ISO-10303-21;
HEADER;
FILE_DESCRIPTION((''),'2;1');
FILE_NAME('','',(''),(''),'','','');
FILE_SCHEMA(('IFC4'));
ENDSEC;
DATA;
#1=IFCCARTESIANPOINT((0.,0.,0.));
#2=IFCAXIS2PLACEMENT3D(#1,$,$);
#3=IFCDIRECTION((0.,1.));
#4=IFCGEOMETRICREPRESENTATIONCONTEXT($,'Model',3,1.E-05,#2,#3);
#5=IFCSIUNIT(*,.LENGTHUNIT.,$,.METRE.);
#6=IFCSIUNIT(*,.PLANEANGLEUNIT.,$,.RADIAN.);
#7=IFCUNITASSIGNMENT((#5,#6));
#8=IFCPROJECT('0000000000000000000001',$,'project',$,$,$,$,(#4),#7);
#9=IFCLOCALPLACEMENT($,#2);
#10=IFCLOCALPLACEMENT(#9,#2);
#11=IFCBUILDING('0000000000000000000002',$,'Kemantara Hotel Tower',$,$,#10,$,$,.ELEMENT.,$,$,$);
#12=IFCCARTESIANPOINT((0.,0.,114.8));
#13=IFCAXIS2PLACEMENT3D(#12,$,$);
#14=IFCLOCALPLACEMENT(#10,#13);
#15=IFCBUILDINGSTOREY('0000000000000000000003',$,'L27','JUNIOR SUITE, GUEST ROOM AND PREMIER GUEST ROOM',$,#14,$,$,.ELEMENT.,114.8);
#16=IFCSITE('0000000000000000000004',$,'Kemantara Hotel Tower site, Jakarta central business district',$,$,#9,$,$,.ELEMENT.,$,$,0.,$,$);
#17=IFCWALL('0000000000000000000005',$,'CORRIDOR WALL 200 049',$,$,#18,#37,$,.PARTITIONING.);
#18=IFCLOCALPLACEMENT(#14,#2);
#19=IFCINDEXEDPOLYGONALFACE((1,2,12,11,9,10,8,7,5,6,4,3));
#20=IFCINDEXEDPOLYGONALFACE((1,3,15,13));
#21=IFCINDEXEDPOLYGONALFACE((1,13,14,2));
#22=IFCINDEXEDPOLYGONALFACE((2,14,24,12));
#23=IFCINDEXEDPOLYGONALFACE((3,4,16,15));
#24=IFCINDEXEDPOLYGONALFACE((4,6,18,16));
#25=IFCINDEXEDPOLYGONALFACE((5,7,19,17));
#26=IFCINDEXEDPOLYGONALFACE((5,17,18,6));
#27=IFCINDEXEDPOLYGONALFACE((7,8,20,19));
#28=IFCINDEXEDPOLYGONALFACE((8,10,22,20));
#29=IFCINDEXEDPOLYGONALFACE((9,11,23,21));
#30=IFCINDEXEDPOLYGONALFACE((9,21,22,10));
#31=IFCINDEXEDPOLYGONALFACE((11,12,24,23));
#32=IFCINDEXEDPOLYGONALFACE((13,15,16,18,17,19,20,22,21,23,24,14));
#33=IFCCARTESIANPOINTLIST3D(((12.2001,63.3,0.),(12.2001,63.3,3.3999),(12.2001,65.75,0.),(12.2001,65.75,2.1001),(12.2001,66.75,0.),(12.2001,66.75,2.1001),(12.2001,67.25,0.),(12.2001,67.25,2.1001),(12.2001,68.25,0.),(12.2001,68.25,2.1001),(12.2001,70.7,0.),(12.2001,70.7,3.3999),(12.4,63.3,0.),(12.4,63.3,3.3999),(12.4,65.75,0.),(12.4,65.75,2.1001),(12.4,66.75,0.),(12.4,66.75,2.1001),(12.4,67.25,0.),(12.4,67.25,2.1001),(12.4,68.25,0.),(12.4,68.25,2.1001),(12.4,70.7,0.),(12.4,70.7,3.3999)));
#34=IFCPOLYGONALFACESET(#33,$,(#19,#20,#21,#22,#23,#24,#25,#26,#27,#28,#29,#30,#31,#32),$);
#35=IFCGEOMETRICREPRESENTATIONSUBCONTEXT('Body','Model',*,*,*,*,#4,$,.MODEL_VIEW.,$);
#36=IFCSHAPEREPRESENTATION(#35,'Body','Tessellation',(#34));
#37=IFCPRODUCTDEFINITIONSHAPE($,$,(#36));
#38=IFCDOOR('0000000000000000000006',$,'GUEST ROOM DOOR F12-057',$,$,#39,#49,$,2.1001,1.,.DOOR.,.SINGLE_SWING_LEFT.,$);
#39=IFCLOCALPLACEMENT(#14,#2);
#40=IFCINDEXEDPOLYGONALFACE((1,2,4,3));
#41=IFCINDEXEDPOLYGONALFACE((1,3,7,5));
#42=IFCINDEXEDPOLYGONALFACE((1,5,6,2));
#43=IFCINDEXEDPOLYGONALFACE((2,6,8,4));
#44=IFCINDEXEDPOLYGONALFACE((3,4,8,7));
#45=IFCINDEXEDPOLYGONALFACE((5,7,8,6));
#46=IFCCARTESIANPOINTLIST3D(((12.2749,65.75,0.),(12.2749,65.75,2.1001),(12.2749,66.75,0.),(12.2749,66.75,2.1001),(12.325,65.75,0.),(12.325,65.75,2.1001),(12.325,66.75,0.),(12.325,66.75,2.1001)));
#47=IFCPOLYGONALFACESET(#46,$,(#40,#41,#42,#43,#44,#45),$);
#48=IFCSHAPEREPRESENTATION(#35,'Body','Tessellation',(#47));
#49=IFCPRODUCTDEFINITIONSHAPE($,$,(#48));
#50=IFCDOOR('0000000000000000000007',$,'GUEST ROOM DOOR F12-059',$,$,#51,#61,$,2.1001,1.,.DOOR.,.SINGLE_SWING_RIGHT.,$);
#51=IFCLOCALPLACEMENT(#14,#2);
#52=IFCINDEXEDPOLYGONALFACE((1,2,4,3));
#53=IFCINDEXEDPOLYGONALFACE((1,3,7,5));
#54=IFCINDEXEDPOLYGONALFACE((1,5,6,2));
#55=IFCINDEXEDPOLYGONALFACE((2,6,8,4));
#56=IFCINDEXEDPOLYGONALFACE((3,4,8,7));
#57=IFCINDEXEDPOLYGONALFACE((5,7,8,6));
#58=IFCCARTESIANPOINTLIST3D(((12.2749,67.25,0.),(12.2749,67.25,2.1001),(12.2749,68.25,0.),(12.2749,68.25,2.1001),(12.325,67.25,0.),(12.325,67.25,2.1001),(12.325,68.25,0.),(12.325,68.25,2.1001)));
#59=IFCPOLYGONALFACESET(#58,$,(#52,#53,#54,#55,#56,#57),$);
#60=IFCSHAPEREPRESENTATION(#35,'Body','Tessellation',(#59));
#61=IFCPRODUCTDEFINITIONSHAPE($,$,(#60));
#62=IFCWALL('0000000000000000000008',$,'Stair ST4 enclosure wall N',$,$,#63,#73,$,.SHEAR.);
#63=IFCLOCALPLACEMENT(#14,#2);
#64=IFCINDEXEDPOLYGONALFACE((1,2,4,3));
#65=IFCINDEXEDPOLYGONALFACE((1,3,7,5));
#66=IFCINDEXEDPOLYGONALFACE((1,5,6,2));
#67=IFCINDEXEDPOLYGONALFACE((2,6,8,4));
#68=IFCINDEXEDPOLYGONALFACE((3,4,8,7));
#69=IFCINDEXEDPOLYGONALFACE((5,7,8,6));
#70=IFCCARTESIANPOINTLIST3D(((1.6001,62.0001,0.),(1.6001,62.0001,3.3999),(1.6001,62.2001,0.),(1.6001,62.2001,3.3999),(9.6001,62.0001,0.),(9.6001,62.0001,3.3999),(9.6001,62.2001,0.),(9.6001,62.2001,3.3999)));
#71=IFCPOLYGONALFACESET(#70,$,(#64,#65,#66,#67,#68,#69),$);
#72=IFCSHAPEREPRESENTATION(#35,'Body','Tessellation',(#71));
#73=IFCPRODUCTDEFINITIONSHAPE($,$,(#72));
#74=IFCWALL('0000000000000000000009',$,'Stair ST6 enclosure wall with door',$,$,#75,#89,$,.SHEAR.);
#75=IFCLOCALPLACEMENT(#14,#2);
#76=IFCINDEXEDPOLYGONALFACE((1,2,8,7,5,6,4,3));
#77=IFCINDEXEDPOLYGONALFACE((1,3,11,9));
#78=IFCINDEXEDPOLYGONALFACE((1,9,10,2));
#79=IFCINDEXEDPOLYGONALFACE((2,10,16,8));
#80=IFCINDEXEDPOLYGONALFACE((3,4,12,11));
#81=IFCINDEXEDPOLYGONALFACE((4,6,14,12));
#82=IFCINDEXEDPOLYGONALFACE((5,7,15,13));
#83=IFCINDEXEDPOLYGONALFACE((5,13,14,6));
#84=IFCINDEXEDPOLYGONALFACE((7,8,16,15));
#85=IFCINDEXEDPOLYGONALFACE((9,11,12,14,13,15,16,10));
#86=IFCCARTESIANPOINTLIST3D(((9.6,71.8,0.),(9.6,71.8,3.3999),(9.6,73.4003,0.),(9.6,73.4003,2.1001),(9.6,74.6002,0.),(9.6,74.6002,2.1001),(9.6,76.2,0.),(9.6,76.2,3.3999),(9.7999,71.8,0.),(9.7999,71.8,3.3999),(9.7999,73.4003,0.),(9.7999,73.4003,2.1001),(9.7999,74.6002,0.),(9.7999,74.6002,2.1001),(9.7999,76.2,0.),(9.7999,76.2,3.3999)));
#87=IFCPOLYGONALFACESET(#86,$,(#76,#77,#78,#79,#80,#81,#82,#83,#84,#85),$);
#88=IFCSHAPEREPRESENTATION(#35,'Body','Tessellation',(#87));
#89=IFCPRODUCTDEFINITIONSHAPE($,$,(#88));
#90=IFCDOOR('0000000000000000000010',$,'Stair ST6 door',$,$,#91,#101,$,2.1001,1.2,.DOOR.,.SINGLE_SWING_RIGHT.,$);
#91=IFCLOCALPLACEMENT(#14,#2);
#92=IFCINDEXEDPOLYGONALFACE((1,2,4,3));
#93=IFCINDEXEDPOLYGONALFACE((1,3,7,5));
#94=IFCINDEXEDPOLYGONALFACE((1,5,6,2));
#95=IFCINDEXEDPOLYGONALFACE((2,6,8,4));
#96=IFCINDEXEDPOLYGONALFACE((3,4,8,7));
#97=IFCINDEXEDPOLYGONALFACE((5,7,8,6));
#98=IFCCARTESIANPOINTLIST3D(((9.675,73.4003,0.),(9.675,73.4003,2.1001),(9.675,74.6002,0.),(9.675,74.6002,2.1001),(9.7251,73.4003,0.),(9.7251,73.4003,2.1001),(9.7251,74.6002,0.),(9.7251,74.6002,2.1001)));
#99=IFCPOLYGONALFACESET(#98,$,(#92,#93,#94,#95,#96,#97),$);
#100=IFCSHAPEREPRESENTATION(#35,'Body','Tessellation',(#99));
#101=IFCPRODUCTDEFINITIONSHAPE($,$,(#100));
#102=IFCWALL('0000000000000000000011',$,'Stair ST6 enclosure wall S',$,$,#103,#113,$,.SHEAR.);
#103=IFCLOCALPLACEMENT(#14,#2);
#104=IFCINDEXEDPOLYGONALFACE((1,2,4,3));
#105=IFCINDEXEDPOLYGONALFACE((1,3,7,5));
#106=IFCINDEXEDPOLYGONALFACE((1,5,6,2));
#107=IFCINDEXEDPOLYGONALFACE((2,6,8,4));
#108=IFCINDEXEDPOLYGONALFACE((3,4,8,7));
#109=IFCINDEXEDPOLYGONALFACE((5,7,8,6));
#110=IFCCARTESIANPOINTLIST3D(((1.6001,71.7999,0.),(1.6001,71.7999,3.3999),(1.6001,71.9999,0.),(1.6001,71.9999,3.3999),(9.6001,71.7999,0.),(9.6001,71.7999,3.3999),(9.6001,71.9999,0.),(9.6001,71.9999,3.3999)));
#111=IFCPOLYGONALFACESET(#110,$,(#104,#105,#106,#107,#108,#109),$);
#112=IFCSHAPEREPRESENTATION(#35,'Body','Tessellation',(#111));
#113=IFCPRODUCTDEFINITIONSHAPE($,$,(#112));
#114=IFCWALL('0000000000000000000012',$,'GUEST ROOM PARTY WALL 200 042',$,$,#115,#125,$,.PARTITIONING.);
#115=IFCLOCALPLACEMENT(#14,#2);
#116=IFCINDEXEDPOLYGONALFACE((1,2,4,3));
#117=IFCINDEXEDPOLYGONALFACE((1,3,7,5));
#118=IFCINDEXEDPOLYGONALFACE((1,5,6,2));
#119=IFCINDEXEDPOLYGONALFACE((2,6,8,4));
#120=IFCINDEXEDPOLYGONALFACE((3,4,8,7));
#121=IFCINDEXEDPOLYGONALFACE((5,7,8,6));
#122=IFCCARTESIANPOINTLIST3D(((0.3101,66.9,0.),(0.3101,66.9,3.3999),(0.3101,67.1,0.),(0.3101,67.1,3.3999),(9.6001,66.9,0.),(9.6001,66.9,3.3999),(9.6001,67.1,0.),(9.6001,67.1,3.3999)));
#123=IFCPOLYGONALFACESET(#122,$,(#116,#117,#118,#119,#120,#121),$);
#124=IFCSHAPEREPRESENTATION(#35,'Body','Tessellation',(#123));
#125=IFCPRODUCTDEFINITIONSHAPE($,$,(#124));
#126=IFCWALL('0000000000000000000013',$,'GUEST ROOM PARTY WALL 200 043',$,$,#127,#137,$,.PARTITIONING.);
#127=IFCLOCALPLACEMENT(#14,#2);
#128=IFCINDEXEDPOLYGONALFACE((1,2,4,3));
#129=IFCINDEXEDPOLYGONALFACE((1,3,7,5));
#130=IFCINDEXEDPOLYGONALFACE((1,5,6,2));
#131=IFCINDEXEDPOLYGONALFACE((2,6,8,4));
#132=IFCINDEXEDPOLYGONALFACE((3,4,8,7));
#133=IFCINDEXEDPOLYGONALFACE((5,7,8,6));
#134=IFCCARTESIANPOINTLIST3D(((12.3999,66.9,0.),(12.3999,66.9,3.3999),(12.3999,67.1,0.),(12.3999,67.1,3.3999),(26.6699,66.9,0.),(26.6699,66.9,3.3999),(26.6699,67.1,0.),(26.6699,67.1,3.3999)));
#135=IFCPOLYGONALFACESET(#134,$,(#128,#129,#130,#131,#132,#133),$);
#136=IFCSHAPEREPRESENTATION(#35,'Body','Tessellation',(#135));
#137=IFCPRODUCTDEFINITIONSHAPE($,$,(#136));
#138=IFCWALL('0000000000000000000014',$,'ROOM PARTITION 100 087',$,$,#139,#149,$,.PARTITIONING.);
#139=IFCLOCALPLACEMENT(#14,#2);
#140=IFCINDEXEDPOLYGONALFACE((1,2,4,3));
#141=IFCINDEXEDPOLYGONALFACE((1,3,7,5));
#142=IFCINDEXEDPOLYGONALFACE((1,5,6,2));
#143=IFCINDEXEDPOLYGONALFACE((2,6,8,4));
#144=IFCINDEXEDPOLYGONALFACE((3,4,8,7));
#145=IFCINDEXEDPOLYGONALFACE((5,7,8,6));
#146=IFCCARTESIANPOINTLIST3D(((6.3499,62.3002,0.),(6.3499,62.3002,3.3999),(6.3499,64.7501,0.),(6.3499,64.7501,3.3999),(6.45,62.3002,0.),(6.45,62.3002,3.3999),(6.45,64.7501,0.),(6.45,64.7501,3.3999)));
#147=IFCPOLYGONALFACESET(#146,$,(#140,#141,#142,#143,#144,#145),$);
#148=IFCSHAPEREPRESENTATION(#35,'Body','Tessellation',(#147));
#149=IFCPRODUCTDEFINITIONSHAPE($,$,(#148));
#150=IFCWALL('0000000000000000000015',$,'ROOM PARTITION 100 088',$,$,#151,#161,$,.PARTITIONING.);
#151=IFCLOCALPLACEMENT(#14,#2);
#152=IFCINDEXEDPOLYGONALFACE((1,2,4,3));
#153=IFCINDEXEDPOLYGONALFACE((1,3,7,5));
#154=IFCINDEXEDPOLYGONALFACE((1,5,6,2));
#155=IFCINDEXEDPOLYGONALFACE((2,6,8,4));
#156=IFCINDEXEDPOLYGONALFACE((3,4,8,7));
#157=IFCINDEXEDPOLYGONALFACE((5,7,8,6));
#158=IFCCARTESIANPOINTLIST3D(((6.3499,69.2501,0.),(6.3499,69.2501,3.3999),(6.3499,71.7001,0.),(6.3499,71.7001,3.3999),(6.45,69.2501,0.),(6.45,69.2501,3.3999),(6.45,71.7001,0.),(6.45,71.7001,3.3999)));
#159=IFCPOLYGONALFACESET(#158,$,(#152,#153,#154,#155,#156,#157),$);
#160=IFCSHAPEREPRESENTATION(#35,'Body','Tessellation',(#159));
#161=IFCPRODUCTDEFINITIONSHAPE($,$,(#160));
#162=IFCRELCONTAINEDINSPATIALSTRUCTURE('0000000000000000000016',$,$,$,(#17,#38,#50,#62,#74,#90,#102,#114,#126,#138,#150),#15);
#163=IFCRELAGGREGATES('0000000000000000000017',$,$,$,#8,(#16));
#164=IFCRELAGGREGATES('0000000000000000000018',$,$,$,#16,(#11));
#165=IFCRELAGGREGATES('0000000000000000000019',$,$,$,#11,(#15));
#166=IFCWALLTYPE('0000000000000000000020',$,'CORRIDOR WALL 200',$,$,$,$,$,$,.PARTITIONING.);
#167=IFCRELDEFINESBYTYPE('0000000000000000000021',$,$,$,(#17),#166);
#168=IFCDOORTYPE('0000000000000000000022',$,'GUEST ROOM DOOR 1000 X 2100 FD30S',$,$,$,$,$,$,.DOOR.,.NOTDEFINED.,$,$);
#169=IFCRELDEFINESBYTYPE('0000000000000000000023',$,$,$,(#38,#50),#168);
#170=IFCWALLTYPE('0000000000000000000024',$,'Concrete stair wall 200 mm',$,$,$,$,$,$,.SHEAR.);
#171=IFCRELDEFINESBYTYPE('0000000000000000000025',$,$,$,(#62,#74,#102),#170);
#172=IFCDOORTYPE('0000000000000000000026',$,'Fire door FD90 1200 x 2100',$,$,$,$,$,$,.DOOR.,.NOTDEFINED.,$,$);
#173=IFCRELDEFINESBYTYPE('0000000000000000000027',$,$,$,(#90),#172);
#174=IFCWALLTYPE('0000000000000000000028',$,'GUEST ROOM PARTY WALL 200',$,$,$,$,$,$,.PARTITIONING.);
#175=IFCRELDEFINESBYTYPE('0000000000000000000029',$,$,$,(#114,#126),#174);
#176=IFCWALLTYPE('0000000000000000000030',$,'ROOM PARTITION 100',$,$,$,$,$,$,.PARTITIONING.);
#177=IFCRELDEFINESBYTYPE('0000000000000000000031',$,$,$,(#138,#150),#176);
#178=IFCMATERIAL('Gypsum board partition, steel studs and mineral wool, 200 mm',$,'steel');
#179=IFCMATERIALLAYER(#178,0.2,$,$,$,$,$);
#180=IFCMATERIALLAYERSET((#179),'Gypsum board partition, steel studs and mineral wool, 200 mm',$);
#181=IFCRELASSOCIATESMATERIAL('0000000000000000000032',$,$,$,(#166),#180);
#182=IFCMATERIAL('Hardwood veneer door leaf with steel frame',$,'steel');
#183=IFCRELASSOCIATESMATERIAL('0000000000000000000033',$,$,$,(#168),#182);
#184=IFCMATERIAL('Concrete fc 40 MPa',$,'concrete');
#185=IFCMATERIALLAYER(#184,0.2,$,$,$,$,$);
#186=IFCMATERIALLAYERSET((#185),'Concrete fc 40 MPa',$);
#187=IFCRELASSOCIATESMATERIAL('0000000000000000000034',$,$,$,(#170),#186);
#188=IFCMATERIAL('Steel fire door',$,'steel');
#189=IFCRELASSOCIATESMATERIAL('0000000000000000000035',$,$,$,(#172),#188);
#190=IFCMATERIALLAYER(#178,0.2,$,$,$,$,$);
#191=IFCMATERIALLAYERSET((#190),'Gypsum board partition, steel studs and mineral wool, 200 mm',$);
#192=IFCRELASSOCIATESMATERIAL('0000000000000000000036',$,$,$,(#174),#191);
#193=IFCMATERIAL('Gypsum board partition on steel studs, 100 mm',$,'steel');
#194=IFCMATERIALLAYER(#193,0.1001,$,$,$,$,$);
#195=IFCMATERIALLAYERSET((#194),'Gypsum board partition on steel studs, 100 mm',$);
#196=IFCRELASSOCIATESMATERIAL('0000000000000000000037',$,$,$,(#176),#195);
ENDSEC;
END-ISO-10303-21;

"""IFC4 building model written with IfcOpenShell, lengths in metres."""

from ifc_helpers import new_model, si_unit, direction, frame, frame_2d, origin, place, context, subcontext, project, spatial, rectangle, extrude, material, layer, layer_set, type_object, element, fill, save


model = new_model("IFC4")

# Units and contexts
model_context = context("Model", 3, precision=1e-05, world=origin(), true_north=direction((0.0, 1.0)))
body_context = subcontext(model_context, "Body", "Model", "MODEL_VIEW")
ifc_project = project(units=[si_unit("LENGTHUNIT", "METRE"), si_unit("PLANEANGLEUNIT", "RADIAN")], contexts=[model_context])

# Site, building, storey
site_placement = place(None, origin())
site = spatial("IfcSite", under=ifc_project, at=site_placement, Name="Kemantara Hotel Tower site, Jakarta central business district", CompositionType="ELEMENT", RefElevation=0.0)
building_placement = place(site_placement, origin())
building = spatial("IfcBuilding", under=site, at=building_placement, Name="Kemantara Hotel Tower", CompositionType="ELEMENT")
storey_placement = place(building_placement, frame((0.0, 0.0, 114.8)))
storey = spatial("IfcBuildingStorey", under=building, at=storey_placement, Name="L27", Description="JUNIOR SUITE, GUEST ROOM AND PREMIER GUEST ROOM", CompositionType="ELEMENT", Elevation=114.8)

# Shared definitions
ifc_material_1 = material(Name="Gypsum board partition, steel studs and mineral wool, 200 mm", Category="steel")
ifc_layer_1 = layer(ifc_material_1, 0.2)
ifc_layer_set_1 = layer_set([ifc_layer_1], Name="Gypsum board partition, steel studs and mineral wool, 200 mm")
wall_type_1 = type_object("IfcWallType", Name="CORRIDOR WALL 200", PredefinedType="PARTITIONING", material=ifc_layer_set_1)
ifc_material_2 = material(Name="Hardwood veneer door leaf with steel frame", Category="steel")
door_type_1 = type_object("IfcDoorType", Name="GUEST ROOM DOOR 1000 X 2100 FD30S", OperationType="NOTDEFINED", PredefinedType="DOOR", material=ifc_material_2)

# Wall, openings, doors
wall_1_placement = place(storey_placement, frame((12.3, 70.7, 0.0), z_axis=(0.0, 0.0, 1.0), x_axis=(0.0, -1.0, 0.0)))
wall_1 = element("IfcWall", 1, at=wall_1_placement, inside=storey, type_object=wall_type_1, Name="CORRIDOR WALL 200 049", PredefinedType="PARTITIONING", context=body_context, shape_type="SweptSolid", body=[
    extrude(rectangle(XDim=7.3999, YDim=0.2, at=frame_2d((3.7, 0.0))), origin(), (0.0, 0.0, 1.0), 3.3999),
])
opening_1_placement = place(wall_1_placement, frame((3.95, 0.0, 0.0)))
opening_1 = element("IfcOpeningElement", 2, at=opening_1_placement, cuts=wall_1, PredefinedType="OPENING", context=body_context, shape_type="SweptSolid", body=[
    extrude(rectangle(XDim=1.0, YDim=2.1001, at=frame_2d((0.5, 1.05))), frame((0.0, 0.1099, 0.0), z_axis=(0.0, -1.0, 0.0), x_axis=(1.0, 0.0, 0.0)), (0.0, 0.0, 1.0), 0.22),
])
opening_2_placement = place(wall_1_placement, frame((2.45, 0.0, 0.0)))
opening_2 = element("IfcOpeningElement", 3, at=opening_2_placement, cuts=wall_1, PredefinedType="OPENING", context=body_context, shape_type="SweptSolid", body=[
    extrude(rectangle(XDim=1.0, YDim=2.1001, at=frame_2d((0.5, 1.05))), frame((0.0, 0.1099, 0.0), z_axis=(0.0, -1.0, 0.0), x_axis=(1.0, 0.0, 0.0)), (0.0, 0.0, 1.0), 0.22),
])
door_1_placement = place(opening_1_placement, origin())
door_1 = element("IfcDoor", 4, at=door_1_placement, inside=storey, type_object=door_type_1, Name="GUEST ROOM DOOR F12-057", OperationType="SINGLE_SWING_LEFT", OverallHeight=2.1001, OverallWidth=1.0, PredefinedType="DOOR", context=body_context, shape_type="SweptSolid", body=[
    extrude(rectangle(XDim=1.0, YDim=2.1001, at=frame_2d((0.5, 1.05))), frame((0.0, 0.0249, 0.0), z_axis=(0.0, -1.0, 0.0), x_axis=(1.0, 0.0, 0.0)), (0.0, 0.0, 1.0), 0.05),
])
fill(opening_1, door_1)
door_2_placement = place(opening_2_placement, origin())
door_2 = element("IfcDoor", 5, at=door_2_placement, inside=storey, type_object=door_type_1, Name="GUEST ROOM DOOR F12-059", OperationType="SINGLE_SWING_RIGHT", OverallHeight=2.1001, OverallWidth=1.0, PredefinedType="DOOR", context=body_context, shape_type="SweptSolid", body=[
    extrude(rectangle(XDim=1.0, YDim=2.1001, at=frame_2d((0.5, 1.05))), frame((0.0, 0.0249, 0.0), z_axis=(0.0, -1.0, 0.0), x_axis=(1.0, 0.0, 0.0)), (0.0, 0.0, 1.0), 0.05),
])
fill(opening_2, door_2)

# Wall
ifc_material_3 = material(Name="Concrete fc 40 MPa", Category="concrete")
ifc_layer_2 = layer(ifc_material_3, 0.2)
ifc_layer_set_2 = layer_set([ifc_layer_2], Name="Concrete fc 40 MPa")
wall_type_2 = type_object("IfcWallType", Name="Concrete stair wall 200 mm", PredefinedType="SHEAR", material=ifc_layer_set_2)
wall_2_placement = place(storey_placement, frame((1.6001, 62.1001, 0.0), z_axis=(0.0, 0.0, 1.0), x_axis=(1.0, 0.0, 0.0)))
element("IfcWall", 6, at=wall_2_placement, inside=storey, type_object=wall_type_2, Name="Stair ST4 enclosure wall N", PredefinedType="SHEAR", context=body_context, shape_type="SweptSolid", body=[
    extrude(rectangle(XDim=8.0, YDim=0.2, at=frame_2d((4.0, 0.0))), origin(), (0.0, 0.0, 1.0), 3.3999),
])

# Wall, opening, door
wall_3_placement = place(storey_placement, frame((9.7, 71.8, 0.0), z_axis=(0.0, 0.0, 1.0), x_axis=(0.0, 1.0, 0.0)))
wall_3 = element("IfcWall", 7, at=wall_3_placement, inside=storey, type_object=wall_type_2, Name="Stair ST6 enclosure wall with door", PredefinedType="SHEAR", context=body_context, shape_type="SweptSolid", body=[
    extrude(rectangle(XDim=4.3999, YDim=0.2, at=frame_2d((2.2, 0.0))), origin(), (0.0, 0.0, 1.0), 3.3999),
])
opening_3_placement = place(wall_3_placement, frame((1.6001, 0.0, 0.0)))
opening_3 = element("IfcOpeningElement", 8, at=opening_3_placement, cuts=wall_3, PredefinedType="OPENING", context=body_context, shape_type="SweptSolid", body=[
    extrude(rectangle(XDim=1.2, YDim=2.1001, at=frame_2d((0.6001, 1.05))), frame((0.0, 0.1099, 0.0), z_axis=(0.0, -1.0, 0.0), x_axis=(1.0, 0.0, 0.0)), (0.0, 0.0, 1.0), 0.22),
])
ifc_material_4 = material(Name="Steel fire door", Category="steel")
door_type_2 = type_object("IfcDoorType", Name="Fire door FD90 1200 x 2100", OperationType="NOTDEFINED", PredefinedType="DOOR", material=ifc_material_4)
door_3_placement = place(opening_3_placement, origin())
door_3 = element("IfcDoor", 9, at=door_3_placement, inside=storey, type_object=door_type_2, Name="Stair ST6 door", OperationType="SINGLE_SWING_RIGHT", OverallHeight=2.1001, OverallWidth=1.2, PredefinedType="DOOR", context=body_context, shape_type="SweptSolid", body=[
    extrude(rectangle(XDim=1.2, YDim=2.1001, at=frame_2d((0.6001, 1.05))), frame((0.0, 0.0249, 0.0), z_axis=(0.0, -1.0, 0.0), x_axis=(1.0, 0.0, 0.0)), (0.0, 0.0, 1.0), 0.05),
])
fill(opening_3, door_3)

# Walls
wall_4_placement = place(storey_placement, frame((1.6001, 71.8999, 0.0), z_axis=(0.0, 0.0, 1.0), x_axis=(1.0, 0.0, 0.0)))
element("IfcWall", 10, at=wall_4_placement, inside=storey, type_object=wall_type_2, Name="Stair ST6 enclosure wall S", PredefinedType="SHEAR", context=body_context, shape_type="SweptSolid", body=[
    extrude(rectangle(XDim=8.0, YDim=0.2, at=frame_2d((4.0, 0.0))), origin(), (0.0, 0.0, 1.0), 3.3999),
])
ifc_layer_3 = layer(ifc_material_1, 0.2)
ifc_layer_set_3 = layer_set([ifc_layer_3], Name="Gypsum board partition, steel studs and mineral wool, 200 mm")
wall_type_3 = type_object("IfcWallType", Name="GUEST ROOM PARTY WALL 200", PredefinedType="PARTITIONING", material=ifc_layer_set_3)
wall_5_placement = place(storey_placement, frame((0.3101, 67.0, 0.0), z_axis=(0.0, 0.0, 1.0), x_axis=(1.0, 0.0, 0.0)))
element("IfcWall", 11, at=wall_5_placement, inside=storey, type_object=wall_type_3, Name="GUEST ROOM PARTY WALL 200 042", PredefinedType="PARTITIONING", context=body_context, shape_type="SweptSolid", body=[
    extrude(rectangle(XDim=9.29, YDim=0.2, at=frame_2d((4.645, 0.0))), origin(), (0.0, 0.0, 1.0), 3.3999),
])
wall_6_placement = place(storey_placement, frame((12.3999, 67.0, 0.0), z_axis=(0.0, 0.0, 1.0), x_axis=(1.0, 0.0, 0.0)))
element("IfcWall", 12, at=wall_6_placement, inside=storey, type_object=wall_type_3, Name="GUEST ROOM PARTY WALL 200 043", PredefinedType="PARTITIONING", context=body_context, shape_type="SweptSolid", body=[
    extrude(rectangle(XDim=14.27, YDim=0.2, at=frame_2d((7.135, 0.0))), origin(), (0.0, 0.0, 1.0), 3.3999),
])
ifc_material_5 = material(Name="Gypsum board partition on steel studs, 100 mm", Category="steel")
ifc_layer_4 = layer(ifc_material_5, 0.1001)
ifc_layer_set_4 = layer_set([ifc_layer_4], Name="Gypsum board partition on steel studs, 100 mm")
wall_type_4 = type_object("IfcWallType", Name="ROOM PARTITION 100", PredefinedType="PARTITIONING", material=ifc_layer_set_4)
for number, where, z_axis, x_axis, name in (
    (13, (6.3999, 62.3, 0.0), (0.0, 0.0, 1.0), (0.0, 1.0, 0.0), "ROOM PARTITION 100 087"),
    (14, (6.3999, 69.25, 0.0), (0.0, 0.0, 1.0), (0.0, 1.0, 0.0), "ROOM PARTITION 100 088"),
):
    element("IfcWall", number, at=place(storey_placement, frame(where, z_axis=z_axis, x_axis=x_axis)), inside=storey, type_object=wall_type_4, Name=name, PredefinedType="PARTITIONING", context=body_context, shape_type="SweptSolid", body=[
        extrude(rectangle(XDim=2.45, YDim=0.1001, at=frame_2d((1.2251, 0.0))), origin(), (0.0, 0.0, 1.0), 3.3999),
    ])

save(model, "model.ifc")
